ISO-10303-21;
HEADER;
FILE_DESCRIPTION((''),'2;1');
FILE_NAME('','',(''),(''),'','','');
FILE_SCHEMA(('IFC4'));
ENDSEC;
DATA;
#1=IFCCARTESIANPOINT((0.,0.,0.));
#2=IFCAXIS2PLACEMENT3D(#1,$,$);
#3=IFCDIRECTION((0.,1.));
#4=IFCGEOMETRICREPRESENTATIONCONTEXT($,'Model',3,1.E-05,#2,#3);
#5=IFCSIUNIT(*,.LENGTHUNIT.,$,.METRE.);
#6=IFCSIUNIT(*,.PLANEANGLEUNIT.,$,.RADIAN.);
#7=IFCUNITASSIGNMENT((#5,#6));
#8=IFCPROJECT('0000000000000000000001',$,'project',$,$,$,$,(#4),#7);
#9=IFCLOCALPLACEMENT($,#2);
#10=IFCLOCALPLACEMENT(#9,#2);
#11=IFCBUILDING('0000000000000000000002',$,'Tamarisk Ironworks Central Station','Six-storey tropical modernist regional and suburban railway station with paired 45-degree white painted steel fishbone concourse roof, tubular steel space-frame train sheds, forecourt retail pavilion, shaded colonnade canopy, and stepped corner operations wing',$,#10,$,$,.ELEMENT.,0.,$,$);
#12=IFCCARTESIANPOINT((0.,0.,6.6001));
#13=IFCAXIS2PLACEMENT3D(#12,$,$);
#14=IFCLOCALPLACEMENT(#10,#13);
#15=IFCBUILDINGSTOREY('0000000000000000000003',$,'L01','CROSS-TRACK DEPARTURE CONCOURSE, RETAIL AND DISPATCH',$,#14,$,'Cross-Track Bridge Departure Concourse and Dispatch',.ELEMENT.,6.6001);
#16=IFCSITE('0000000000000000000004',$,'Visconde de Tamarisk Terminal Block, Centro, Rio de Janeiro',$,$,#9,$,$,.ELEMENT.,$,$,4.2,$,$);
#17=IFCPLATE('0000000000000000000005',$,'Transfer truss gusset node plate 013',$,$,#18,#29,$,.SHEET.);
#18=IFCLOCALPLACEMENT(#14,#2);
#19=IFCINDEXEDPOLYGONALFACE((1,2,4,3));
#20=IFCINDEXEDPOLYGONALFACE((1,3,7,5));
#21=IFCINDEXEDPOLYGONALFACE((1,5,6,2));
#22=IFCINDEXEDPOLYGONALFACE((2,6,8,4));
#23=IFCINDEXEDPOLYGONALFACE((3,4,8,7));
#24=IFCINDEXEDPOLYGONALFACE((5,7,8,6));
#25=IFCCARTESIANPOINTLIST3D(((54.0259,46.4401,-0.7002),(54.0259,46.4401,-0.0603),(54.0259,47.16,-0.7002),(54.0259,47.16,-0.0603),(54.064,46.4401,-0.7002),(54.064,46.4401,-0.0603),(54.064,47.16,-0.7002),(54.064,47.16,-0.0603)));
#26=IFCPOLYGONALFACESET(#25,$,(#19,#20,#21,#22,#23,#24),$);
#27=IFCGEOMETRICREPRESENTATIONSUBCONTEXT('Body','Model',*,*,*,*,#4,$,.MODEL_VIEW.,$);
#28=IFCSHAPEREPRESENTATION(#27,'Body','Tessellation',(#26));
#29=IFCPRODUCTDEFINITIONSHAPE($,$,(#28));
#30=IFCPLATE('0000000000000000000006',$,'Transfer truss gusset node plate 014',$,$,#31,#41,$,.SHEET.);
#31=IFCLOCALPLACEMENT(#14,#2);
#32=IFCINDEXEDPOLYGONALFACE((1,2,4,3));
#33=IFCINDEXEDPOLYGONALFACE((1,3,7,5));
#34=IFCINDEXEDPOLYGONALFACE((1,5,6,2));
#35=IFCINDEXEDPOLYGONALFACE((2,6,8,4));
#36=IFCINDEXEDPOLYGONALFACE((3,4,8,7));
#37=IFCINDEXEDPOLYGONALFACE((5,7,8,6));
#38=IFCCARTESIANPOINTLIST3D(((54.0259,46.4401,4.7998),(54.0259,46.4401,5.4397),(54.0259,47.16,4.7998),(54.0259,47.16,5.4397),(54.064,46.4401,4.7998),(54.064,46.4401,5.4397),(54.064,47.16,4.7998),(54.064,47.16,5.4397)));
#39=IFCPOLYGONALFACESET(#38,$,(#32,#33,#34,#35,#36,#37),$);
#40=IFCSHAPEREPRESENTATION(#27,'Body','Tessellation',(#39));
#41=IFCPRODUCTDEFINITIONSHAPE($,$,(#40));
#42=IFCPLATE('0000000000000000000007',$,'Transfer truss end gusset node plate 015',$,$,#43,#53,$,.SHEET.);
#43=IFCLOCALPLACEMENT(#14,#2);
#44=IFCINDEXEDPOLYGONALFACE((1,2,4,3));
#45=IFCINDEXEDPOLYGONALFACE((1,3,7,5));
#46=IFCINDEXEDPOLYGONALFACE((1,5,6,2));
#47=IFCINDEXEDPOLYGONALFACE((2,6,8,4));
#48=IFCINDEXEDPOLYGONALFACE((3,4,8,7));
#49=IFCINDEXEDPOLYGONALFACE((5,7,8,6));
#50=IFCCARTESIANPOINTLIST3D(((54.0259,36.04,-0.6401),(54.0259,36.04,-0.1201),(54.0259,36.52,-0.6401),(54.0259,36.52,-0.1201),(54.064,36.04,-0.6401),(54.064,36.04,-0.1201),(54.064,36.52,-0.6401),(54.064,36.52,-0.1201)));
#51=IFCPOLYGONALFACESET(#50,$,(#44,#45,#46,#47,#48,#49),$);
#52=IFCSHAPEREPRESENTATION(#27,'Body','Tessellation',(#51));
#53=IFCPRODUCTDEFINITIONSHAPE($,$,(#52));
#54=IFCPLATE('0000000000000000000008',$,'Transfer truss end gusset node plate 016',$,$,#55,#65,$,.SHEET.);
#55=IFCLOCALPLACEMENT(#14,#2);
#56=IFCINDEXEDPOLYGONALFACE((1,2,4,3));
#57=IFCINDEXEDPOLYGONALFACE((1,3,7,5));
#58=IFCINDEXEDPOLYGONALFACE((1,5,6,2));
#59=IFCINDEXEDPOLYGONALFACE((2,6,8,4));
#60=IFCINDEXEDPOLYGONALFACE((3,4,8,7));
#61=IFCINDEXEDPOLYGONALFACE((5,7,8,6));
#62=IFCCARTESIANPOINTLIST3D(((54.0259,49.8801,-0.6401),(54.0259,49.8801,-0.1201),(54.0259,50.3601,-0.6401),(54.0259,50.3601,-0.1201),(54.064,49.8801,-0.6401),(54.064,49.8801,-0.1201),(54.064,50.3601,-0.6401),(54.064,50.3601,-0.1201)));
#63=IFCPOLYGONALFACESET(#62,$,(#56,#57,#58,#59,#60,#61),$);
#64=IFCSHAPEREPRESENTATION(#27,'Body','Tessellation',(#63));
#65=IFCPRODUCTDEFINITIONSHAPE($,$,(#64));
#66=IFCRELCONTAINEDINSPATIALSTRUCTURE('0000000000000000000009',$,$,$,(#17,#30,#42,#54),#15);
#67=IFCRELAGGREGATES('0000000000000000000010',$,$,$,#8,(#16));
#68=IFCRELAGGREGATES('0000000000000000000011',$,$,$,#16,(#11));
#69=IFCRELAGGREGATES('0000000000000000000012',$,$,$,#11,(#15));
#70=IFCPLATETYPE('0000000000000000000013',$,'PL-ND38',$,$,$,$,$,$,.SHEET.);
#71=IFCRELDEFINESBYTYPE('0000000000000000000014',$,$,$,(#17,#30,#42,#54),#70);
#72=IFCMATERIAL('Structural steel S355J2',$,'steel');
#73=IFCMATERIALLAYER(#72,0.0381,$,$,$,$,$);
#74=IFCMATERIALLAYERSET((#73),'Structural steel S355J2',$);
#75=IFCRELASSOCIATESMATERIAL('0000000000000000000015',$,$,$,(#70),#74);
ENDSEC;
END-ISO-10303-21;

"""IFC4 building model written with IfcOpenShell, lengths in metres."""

from ifc_helpers import new_model, si_unit, direction, frame, origin, origin_2d, place, context, subcontext, project, spatial, rectangle, extrude, material, layer, layer_set, type_object, element, save


model = new_model("IFC4")

# Units and contexts
model_context = context("Model", 3, precision=1e-05, world=origin(), true_north=direction((0.0, 1.0)))
body_context = subcontext(model_context, "Body", "Model", "MODEL_VIEW")
ifc_project = project(units=[si_unit("LENGTHUNIT", "METRE"), si_unit("PLANEANGLEUNIT", "RADIAN")], contexts=[model_context])

# Site, building, storey
site_placement = place(None, origin())
site = spatial("IfcSite", under=ifc_project, at=site_placement, Name="Visconde de Tamarisk Terminal Block, Centro, Rio de Janeiro", CompositionType="ELEMENT", RefElevation=4.2)
building_placement = place(site_placement, origin())
building = spatial("IfcBuilding", under=site, at=building_placement, Name="Tamarisk Ironworks Central Station", Description="Six-storey tropical modernist regional and suburban railway station with paired 45-degree white painted steel fishbone concourse roof, tubular steel space-frame train sheds, forecourt retail pavilion, shaded colonnade canopy, and stepped corner operations wing", CompositionType="ELEMENT", ElevationOfRefHeight=0.0)
storey_placement = place(building_placement, frame((0.0, 0.0, 6.6001)))
storey = spatial("IfcBuildingStorey", under=building, at=storey_placement, Name="L01", Description="CROSS-TRACK DEPARTURE CONCOURSE, RETAIL AND DISPATCH", LongName="Cross-Track Bridge Departure Concourse and Dispatch", CompositionType="ELEMENT", Elevation=6.6001)

# Shared definitions
ifc_material = material(Name="Structural steel S355J2", Category="steel")

# Plates
ifc_layer = layer(ifc_material, 0.0381)
ifc_layer_set = layer_set([ifc_layer], Name="Structural steel S355J2")
plate_type = type_object("IfcPlateType", Name="PL-ND38", PredefinedType="SHEET", material=ifc_layer_set)
for number, where, z_axis, x_axis, name in (
    (1, (54.0449, 46.8, -0.7002), (0.0, 0.0, 1.0), (1.0, 0.0, 0.0), "Transfer truss gusset node plate 013"),
    (2, (54.0449, 46.8, 4.7998), (0.0, 0.0, 1.0), (1.0, 0.0, 0.0), "Transfer truss gusset node plate 014"),
):
    element("IfcPlate", number, at=place(storey_placement, frame(where, z_axis=z_axis, x_axis=x_axis)), inside=storey, type_object=plate_type, Name=name, PredefinedType="SHEET", context=body_context, shape_type="SweptSolid", body=[
        extrude(rectangle(XDim=0.0381, YDim=0.72, at=origin_2d()), origin(), (0.0, 0.0, 1.0), 0.6399),
    ])
for number, where, z_axis, x_axis, name in (
    (3, (54.0449, 36.28, -0.6401), (0.0, 0.0, 1.0), (1.0, 0.0, 0.0), "Transfer truss end gusset node plate 015"),
    (4, (54.0449, 50.1201, -0.6401), (0.0, 0.0, 1.0), (1.0, 0.0, 0.0), "Transfer truss end gusset node plate 016"),
):
    element("IfcPlate", number, at=place(storey_placement, frame(where, z_axis=z_axis, x_axis=x_axis)), inside=storey, type_object=plate_type, Name=name, PredefinedType="SHEET", context=body_context, shape_type="SweptSolid", body=[
        extrude(rectangle(XDim=0.0381, YDim=0.48, at=origin_2d()), origin(), (0.0, 0.0, 1.0), 0.52),
    ])

save(model, "model.ifc")
